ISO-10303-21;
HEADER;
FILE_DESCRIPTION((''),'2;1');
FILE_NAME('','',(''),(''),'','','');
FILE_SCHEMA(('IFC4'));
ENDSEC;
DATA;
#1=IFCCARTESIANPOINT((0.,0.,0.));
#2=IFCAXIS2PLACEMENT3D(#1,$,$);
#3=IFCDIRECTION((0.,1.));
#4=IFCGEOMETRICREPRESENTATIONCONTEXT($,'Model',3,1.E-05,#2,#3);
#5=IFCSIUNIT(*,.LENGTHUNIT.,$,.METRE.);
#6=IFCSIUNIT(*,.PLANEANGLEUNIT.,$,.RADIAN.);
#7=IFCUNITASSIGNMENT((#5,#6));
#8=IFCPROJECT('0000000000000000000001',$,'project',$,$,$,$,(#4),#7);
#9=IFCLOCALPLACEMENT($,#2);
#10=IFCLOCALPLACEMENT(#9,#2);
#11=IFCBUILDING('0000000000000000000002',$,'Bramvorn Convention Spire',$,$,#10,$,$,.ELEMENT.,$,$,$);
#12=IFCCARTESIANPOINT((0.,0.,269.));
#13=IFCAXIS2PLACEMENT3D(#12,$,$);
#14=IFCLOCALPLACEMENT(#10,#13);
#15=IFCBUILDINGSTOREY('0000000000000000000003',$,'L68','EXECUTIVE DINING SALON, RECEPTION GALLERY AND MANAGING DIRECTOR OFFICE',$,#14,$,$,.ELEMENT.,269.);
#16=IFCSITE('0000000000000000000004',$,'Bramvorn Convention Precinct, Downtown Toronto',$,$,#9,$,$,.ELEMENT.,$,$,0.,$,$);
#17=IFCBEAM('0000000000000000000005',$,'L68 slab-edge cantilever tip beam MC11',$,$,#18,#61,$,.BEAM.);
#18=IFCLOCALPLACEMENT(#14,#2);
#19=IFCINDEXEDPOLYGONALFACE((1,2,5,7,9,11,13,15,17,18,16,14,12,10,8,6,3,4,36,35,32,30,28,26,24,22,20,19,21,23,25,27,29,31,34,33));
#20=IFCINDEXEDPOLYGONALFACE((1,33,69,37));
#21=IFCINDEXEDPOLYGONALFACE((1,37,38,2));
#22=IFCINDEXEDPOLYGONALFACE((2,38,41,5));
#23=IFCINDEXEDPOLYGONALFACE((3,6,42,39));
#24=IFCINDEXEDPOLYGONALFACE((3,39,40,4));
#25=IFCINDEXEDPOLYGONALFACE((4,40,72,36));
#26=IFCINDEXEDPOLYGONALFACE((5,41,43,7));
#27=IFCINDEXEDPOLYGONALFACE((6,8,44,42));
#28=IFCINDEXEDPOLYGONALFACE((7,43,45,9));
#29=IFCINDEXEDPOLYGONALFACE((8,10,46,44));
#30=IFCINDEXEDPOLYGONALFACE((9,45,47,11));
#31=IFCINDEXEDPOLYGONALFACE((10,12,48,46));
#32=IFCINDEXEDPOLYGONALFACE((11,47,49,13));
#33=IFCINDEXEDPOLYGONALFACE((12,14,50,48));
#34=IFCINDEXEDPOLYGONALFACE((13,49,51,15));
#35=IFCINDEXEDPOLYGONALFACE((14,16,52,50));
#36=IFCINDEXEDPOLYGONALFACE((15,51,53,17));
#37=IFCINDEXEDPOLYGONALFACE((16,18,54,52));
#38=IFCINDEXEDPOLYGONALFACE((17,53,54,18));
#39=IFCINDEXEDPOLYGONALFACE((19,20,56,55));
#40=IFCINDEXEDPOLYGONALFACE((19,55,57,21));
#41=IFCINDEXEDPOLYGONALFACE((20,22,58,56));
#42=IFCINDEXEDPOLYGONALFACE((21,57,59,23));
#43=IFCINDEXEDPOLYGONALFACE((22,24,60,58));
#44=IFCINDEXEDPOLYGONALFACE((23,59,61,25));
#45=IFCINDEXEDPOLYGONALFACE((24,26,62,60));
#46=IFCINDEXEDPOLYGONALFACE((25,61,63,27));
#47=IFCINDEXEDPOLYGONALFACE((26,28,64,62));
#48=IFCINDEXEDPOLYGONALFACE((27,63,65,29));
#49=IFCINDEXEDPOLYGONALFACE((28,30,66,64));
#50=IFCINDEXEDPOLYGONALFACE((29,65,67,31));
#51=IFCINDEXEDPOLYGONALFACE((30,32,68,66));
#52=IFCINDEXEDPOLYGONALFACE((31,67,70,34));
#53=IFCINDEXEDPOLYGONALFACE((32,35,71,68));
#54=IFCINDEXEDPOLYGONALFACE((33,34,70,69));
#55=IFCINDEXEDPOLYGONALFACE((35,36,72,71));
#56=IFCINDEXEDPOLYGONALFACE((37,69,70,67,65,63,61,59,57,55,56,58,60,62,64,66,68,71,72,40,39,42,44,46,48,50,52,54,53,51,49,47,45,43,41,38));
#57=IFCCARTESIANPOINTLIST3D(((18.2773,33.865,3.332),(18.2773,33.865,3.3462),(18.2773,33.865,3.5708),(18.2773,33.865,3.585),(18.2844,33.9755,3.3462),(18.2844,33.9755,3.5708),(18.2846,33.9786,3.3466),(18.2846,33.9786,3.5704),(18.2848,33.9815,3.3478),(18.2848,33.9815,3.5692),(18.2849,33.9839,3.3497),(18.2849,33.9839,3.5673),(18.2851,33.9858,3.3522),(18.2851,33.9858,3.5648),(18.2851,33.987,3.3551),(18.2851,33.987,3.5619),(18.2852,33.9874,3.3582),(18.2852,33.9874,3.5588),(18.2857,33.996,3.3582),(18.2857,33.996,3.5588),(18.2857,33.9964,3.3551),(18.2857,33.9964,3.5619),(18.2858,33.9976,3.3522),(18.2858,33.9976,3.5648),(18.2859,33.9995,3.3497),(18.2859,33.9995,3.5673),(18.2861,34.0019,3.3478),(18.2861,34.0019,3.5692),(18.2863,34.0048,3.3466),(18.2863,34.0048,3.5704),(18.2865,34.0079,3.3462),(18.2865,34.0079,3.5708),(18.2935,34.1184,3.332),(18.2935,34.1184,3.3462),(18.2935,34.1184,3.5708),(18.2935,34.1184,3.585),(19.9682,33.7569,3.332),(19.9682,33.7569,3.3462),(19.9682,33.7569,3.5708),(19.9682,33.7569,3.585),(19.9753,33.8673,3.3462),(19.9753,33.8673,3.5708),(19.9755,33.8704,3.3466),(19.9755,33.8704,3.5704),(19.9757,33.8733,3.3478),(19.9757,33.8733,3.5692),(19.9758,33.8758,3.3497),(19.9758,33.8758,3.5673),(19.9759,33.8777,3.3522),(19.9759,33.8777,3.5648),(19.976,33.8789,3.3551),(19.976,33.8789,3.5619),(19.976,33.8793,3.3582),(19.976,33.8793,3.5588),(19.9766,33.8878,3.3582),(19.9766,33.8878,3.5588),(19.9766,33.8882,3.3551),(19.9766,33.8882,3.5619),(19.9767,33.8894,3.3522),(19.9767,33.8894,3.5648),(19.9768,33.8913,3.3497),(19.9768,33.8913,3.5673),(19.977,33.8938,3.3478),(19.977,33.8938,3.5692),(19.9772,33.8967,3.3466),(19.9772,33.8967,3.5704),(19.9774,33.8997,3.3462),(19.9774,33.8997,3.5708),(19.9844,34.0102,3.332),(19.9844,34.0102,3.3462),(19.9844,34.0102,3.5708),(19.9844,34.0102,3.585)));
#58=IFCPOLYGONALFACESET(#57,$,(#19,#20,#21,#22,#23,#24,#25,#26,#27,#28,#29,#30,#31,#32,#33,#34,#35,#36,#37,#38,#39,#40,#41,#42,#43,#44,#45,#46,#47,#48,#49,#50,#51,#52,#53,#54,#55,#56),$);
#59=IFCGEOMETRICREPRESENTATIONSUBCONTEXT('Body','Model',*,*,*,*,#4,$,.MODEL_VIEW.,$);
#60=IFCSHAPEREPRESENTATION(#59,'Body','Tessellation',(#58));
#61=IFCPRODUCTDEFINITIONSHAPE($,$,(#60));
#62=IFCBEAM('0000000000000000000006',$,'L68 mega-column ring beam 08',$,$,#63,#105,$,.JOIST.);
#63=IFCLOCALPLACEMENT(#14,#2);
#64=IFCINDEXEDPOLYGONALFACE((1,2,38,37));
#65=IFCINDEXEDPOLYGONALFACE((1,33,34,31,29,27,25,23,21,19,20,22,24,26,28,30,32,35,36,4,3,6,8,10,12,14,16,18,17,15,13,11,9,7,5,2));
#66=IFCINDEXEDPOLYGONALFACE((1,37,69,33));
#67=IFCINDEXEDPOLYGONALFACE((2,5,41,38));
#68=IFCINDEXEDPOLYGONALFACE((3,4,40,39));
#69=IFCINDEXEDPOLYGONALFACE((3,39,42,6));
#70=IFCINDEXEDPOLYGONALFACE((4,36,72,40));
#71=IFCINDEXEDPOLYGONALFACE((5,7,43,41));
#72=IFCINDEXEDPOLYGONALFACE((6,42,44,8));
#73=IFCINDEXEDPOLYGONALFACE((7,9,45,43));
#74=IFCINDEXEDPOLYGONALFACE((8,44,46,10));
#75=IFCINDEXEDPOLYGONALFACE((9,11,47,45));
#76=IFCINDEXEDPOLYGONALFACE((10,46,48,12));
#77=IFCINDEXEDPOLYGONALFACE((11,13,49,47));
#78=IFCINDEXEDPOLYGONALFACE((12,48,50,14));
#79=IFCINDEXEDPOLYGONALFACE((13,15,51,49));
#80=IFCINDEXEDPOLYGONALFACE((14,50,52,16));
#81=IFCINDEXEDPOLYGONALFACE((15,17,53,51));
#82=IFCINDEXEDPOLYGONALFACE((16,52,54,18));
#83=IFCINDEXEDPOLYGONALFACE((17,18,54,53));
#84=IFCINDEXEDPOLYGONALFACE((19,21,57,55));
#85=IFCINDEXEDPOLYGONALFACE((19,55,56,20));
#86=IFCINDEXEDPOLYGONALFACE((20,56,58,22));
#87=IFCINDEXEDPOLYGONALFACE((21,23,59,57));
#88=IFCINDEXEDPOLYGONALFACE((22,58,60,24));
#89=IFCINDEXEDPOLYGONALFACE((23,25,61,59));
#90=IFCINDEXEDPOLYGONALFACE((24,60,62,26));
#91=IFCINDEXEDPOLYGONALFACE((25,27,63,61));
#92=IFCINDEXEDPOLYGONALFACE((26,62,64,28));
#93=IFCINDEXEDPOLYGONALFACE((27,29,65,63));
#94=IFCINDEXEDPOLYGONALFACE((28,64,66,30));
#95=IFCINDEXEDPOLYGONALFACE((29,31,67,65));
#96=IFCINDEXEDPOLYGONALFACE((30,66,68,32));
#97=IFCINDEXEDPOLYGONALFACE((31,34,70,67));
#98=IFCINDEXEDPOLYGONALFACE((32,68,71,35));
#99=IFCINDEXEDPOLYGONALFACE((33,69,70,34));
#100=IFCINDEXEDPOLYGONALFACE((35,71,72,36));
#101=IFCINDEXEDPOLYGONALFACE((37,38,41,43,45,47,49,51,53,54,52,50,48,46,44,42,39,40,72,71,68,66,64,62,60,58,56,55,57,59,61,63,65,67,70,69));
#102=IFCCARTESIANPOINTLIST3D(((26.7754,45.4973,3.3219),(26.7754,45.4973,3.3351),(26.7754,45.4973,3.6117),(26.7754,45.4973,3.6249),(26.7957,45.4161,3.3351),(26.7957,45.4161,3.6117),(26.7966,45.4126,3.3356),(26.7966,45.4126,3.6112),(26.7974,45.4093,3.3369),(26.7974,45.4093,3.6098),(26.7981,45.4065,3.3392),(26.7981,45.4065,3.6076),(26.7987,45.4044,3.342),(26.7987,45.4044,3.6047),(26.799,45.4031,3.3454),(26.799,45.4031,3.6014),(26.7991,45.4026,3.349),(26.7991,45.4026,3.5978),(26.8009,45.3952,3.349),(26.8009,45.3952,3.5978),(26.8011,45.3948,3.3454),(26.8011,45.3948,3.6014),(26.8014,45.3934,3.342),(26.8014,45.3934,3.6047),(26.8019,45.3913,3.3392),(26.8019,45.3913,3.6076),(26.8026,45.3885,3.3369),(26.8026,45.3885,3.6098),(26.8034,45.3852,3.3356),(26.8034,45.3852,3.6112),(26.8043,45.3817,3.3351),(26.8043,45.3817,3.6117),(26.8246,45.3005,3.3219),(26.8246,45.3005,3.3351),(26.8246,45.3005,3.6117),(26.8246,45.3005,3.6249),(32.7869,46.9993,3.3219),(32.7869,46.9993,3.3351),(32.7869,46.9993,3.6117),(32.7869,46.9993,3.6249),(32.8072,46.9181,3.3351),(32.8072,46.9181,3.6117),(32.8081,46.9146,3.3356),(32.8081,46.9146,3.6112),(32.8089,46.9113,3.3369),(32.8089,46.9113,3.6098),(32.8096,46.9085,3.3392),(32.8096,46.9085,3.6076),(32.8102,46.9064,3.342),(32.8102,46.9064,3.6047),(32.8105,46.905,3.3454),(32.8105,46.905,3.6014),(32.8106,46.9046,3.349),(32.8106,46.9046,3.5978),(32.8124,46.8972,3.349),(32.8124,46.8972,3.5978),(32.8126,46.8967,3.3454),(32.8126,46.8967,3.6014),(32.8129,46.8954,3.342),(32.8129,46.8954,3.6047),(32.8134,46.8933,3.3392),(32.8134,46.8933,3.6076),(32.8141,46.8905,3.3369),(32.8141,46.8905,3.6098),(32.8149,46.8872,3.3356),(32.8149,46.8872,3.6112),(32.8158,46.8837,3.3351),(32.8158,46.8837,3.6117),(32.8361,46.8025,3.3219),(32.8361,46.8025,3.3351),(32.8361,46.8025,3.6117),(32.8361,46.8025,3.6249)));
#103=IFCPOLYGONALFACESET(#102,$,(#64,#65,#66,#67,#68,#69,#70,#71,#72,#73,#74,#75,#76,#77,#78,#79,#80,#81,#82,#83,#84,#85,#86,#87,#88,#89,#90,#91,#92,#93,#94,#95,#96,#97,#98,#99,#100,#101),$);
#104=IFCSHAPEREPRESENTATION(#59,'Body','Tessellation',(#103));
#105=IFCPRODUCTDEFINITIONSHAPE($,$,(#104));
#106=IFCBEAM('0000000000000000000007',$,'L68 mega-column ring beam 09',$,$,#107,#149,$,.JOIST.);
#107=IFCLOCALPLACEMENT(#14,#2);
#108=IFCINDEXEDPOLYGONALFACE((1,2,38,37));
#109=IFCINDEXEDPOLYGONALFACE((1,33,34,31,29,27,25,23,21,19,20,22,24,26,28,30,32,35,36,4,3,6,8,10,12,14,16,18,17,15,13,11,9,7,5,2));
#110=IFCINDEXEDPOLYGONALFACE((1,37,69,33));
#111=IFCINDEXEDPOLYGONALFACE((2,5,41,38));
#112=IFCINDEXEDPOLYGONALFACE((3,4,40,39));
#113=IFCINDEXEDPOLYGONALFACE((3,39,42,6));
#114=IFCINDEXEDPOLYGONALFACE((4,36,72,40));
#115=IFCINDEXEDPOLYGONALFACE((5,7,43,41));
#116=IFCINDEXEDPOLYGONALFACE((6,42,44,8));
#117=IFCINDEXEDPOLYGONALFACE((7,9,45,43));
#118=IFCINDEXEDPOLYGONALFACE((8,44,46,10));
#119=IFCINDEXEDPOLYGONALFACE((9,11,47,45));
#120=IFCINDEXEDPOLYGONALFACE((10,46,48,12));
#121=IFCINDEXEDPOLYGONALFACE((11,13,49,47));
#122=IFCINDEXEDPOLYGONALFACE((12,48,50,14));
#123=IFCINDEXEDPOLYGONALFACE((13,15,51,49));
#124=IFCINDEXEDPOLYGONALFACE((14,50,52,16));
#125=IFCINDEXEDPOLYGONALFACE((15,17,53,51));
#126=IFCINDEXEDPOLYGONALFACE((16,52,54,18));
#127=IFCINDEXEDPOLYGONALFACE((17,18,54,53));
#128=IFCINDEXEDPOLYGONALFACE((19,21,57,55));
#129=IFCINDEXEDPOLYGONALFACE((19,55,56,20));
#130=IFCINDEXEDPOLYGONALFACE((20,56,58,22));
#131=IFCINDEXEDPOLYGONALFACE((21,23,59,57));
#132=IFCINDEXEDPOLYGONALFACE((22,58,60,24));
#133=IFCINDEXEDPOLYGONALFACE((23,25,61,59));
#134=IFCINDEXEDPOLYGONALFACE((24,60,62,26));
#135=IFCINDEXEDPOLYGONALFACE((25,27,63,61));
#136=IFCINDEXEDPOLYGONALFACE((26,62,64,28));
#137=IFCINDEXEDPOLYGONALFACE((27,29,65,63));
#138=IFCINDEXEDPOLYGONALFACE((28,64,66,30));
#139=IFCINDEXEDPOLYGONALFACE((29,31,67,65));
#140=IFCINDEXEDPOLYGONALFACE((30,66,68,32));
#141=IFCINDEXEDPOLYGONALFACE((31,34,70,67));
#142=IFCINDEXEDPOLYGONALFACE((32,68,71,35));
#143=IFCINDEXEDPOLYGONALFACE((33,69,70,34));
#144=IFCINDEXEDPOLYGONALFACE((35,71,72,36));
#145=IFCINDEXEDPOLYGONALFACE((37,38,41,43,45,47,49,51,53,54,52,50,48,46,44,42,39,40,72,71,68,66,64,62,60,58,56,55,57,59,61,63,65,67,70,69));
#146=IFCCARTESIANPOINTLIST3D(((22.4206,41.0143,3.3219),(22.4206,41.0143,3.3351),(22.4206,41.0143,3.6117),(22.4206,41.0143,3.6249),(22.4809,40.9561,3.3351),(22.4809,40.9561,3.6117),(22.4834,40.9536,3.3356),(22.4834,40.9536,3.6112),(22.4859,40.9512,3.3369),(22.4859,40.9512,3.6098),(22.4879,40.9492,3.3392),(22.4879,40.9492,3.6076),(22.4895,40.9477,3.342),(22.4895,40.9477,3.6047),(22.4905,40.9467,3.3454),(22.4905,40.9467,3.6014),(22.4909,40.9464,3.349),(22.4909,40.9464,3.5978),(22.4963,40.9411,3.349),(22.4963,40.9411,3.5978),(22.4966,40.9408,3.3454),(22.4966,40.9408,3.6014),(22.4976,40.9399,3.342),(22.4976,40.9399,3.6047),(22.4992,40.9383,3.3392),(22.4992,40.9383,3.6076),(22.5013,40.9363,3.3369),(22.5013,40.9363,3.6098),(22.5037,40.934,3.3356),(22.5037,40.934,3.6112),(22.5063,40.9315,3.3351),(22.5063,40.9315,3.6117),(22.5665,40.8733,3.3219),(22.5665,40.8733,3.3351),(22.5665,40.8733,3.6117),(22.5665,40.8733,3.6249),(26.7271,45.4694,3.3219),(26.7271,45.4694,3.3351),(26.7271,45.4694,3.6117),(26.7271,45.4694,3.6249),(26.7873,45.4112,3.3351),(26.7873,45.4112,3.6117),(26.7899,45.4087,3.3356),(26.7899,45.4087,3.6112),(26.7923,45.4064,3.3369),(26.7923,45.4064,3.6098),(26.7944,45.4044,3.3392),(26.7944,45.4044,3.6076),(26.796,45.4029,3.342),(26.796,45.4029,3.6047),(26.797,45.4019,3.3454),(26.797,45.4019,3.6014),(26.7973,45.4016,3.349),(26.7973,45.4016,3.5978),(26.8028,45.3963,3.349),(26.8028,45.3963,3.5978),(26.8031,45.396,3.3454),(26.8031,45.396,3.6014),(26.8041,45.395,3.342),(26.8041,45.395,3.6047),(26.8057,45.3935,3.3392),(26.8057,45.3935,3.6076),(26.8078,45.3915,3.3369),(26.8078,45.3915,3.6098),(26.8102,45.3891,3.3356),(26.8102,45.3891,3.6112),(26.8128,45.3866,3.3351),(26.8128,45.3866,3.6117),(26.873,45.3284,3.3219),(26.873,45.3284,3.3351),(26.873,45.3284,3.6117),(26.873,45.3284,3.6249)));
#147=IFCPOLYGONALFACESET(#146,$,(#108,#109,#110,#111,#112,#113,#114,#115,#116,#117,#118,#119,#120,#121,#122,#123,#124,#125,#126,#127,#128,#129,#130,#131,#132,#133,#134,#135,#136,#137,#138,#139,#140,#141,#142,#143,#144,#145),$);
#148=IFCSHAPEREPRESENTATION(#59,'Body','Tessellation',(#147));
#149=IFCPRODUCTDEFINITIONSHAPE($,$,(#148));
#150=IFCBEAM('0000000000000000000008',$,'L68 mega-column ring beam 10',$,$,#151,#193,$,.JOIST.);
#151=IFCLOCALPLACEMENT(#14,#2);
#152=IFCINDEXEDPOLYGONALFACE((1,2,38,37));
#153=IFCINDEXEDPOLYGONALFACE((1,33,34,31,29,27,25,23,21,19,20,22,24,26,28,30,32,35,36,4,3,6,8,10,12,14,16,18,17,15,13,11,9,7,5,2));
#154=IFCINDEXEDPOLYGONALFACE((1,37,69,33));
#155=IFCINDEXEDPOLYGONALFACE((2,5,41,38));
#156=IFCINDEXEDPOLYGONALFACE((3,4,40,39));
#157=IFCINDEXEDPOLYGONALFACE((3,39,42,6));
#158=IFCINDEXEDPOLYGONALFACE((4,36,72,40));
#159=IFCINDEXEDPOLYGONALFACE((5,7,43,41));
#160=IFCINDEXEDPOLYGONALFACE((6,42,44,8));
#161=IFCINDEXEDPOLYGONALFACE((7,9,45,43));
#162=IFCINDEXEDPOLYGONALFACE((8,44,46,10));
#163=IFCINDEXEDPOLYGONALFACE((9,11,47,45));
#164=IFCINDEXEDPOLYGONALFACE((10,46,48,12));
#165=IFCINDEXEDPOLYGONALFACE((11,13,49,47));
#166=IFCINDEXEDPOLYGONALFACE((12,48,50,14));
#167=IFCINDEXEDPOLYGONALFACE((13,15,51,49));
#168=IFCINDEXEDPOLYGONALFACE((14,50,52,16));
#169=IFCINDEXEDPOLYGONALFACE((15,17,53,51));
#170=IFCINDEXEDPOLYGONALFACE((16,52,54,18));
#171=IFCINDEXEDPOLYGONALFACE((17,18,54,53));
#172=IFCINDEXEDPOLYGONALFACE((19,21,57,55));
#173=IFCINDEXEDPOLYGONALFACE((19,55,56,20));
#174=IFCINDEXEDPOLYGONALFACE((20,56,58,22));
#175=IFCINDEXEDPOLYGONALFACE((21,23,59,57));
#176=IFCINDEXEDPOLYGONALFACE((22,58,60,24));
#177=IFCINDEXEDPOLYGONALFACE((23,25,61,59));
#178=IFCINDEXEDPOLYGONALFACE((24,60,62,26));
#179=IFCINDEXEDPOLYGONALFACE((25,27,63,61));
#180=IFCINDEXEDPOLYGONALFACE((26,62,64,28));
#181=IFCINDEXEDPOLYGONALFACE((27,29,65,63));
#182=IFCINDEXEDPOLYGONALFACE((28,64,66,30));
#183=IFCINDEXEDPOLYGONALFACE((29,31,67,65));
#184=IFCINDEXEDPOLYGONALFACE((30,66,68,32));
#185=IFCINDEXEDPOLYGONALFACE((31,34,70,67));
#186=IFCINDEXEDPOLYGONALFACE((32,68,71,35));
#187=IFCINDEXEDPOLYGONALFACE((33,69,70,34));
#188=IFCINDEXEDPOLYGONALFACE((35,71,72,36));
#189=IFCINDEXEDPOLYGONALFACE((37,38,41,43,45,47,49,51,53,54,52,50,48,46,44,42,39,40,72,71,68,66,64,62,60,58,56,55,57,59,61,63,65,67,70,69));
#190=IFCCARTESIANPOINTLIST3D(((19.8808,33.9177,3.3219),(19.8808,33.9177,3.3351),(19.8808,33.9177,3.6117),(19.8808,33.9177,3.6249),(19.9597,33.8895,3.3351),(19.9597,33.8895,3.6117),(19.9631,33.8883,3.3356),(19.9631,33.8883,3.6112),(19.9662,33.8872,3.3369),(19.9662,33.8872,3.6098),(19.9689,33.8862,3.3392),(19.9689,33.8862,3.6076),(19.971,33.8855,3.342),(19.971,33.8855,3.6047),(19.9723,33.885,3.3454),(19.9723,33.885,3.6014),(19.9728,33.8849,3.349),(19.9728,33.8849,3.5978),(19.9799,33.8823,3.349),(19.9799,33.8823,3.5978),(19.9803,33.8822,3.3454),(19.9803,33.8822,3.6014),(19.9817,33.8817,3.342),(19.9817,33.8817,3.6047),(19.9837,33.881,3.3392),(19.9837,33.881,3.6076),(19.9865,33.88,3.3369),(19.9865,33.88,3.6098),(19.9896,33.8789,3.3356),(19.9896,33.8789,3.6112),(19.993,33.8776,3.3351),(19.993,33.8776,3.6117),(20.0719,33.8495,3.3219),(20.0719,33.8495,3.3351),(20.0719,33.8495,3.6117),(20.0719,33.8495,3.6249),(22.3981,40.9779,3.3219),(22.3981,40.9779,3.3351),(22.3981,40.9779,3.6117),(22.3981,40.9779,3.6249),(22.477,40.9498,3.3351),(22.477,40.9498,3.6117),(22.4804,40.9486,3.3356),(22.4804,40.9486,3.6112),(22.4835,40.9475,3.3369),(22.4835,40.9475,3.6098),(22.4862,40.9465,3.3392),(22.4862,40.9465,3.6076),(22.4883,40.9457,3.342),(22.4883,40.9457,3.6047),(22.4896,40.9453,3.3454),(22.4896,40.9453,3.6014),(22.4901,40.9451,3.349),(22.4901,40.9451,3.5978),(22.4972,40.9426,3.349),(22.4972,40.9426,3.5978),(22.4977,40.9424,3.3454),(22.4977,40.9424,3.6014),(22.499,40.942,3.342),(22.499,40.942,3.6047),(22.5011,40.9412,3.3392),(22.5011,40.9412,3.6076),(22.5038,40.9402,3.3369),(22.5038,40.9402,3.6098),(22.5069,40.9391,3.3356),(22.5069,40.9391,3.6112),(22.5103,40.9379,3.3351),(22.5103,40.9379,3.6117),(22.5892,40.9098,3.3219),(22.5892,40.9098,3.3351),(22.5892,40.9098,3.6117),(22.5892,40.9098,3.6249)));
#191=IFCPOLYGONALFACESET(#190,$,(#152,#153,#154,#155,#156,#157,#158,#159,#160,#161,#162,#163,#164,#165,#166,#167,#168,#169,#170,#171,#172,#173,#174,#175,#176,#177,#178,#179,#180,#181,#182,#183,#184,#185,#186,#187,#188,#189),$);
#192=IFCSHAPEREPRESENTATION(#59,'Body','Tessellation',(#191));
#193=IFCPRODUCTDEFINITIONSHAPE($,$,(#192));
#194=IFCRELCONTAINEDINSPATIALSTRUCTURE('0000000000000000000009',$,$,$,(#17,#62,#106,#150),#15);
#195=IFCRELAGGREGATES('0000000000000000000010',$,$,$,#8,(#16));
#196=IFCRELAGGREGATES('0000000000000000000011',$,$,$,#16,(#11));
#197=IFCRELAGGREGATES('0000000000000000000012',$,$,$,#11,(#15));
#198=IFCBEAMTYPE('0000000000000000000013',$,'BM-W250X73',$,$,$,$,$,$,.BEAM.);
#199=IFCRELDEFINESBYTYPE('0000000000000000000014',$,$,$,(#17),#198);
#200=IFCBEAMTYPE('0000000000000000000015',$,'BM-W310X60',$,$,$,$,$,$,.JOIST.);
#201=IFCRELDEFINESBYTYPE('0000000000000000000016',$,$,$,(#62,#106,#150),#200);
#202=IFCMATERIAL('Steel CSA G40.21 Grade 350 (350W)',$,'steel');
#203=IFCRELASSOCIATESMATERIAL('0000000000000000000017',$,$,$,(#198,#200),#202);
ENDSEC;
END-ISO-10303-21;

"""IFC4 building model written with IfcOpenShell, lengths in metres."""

from ifc_helpers import new_model, si_unit, direction, frame, origin, origin_2d, place, context, subcontext, project, spatial, i_section, extrude, material, material_profile, profile_set, type_object, element, save


model = new_model("IFC4")

# Units and contexts
model_context = context("Model", 3, precision=1e-05, world=origin(), true_north=direction((0.0, 1.0)))
body_context = subcontext(model_context, "Body", "Model", "MODEL_VIEW")
ifc_project = project(units=[si_unit("LENGTHUNIT", "METRE"), si_unit("PLANEANGLEUNIT", "RADIAN")], contexts=[model_context])

# Site, building, storey
site_placement = place(None, origin())
site = spatial("IfcSite", under=ifc_project, at=site_placement, Name="Bramvorn Convention Precinct, Downtown Toronto", CompositionType="ELEMENT", RefElevation=0.0)
building_placement = place(site_placement, origin())
building = spatial("IfcBuilding", under=site, at=building_placement, Name="Bramvorn Convention Spire", CompositionType="ELEMENT")
storey_placement = place(building_placement, frame((0.0, 0.0, 269.0)))
storey = spatial("IfcBuildingStorey", under=building, at=storey_placement, Name="L68", Description="EXECUTIVE DINING SALON, RECEPTION GALLERY AND MANAGING DIRECTOR OFFICE", CompositionType="ELEMENT", Elevation=269.0)

# Shared definitions
ifc_material_1 = material(Name="Steel CSA G40.21 Grade 350 (350W)", Category="steel")

# Beams
ifc_material_profile_1 = material_profile(ifc_material_1, i_section(OverallWidth=0.2539, OverallDepth=0.2529, WebThickness=0.0085, FlangeThickness=0.0142, FilletRadius=0.012, at=origin_2d()))
ifc_profile_set_1 = profile_set([ifc_material_profile_1], Name="Steel CSA G40.21 Grade 350 (350W) - W250X73")
beam_type_1 = type_object("IfcBeamType", Name="BM-W250X73", PredefinedType="BEAM", material=ifc_profile_set_1)
beam_1_placement = place(storey_placement, frame((19.9763, 33.8835, 3.4585), z_axis=(-0.997961, 0.063831, 0.0), x_axis=(-0.063831, -0.997961, 0.0)))
element("IfcBeam", 1, at=beam_1_placement, inside=storey, type_object=beam_type_1, Name="L68 slab-edge cantilever tip beam MC11", PredefinedType="BEAM", context=body_context, shape_type="SweptSolid", body=[
    extrude(i_section(OverallWidth=0.2539, OverallDepth=0.2529, WebThickness=0.0085, FlangeThickness=0.0142, FilletRadius=0.012, at=origin_2d()), origin(), (0.0, 0.0, 1.0), 1.6943),
])
ifc_material_profile_2 = material_profile(ifc_material_1, i_section(OverallWidth=0.2029, OverallDepth=0.303, WebThickness=0.0076, FlangeThickness=0.0132, FilletRadius=0.0139, at=origin_2d()))
ifc_profile_set_2 = profile_set([ifc_material_profile_2], Name="Steel CSA G40.21 Grade 350 (350W) - W310X60")
beam_type_2 = type_object("IfcBeamType", Name="BM-W310X60", PredefinedType="JOIST", material=ifc_profile_set_2)
for number, where, z_axis, x_axis, name in (
    (2, (32.8115, 46.9009, 3.4734), (-0.970177, -0.242397, 0.0), (0.242397, -0.970177, 0.0), "L68 mega-column ring beam 08"),
    (3, (26.8, 45.3989, 3.4734), (-0.695007, -0.719003, 0.0), (0.719003, -0.695007, 0.0), "L68 mega-column ring beam 09"),
):
    element("IfcBeam", number, at=place(storey_placement, frame(where, z_axis=z_axis, x_axis=x_axis)), inside=storey, type_object=beam_type_2, Name=name, PredefinedType="JOIST", context=body_context, shape_type="SweptSolid", body=[
        extrude(i_section(OverallWidth=0.2029, OverallDepth=0.303, WebThickness=0.0076, FlangeThickness=0.0132, FilletRadius=0.0139, at=origin_2d()), origin(), (0.0, 0.0, 1.0), 6.1963),
    ])
beam_2_placement = place(storey_placement, frame((22.4937, 40.9438, 3.4734), z_axis=(-0.335839, -0.941919, 0.0), x_axis=(0.941919, -0.335839, 0.0)))
element("IfcBeam", 4, at=beam_2_placement, inside=storey, type_object=beam_type_2, Name="L68 mega-column ring beam 10", PredefinedType="JOIST", context=body_context, shape_type="SweptSolid", body=[
    extrude(i_section(OverallWidth=0.2029, OverallDepth=0.303, WebThickness=0.0076, FlangeThickness=0.0132, FilletRadius=0.0139, at=origin_2d()), origin(), (0.0, 0.0, 1.0), 7.4956),
])

save(model, "model.ifc")
